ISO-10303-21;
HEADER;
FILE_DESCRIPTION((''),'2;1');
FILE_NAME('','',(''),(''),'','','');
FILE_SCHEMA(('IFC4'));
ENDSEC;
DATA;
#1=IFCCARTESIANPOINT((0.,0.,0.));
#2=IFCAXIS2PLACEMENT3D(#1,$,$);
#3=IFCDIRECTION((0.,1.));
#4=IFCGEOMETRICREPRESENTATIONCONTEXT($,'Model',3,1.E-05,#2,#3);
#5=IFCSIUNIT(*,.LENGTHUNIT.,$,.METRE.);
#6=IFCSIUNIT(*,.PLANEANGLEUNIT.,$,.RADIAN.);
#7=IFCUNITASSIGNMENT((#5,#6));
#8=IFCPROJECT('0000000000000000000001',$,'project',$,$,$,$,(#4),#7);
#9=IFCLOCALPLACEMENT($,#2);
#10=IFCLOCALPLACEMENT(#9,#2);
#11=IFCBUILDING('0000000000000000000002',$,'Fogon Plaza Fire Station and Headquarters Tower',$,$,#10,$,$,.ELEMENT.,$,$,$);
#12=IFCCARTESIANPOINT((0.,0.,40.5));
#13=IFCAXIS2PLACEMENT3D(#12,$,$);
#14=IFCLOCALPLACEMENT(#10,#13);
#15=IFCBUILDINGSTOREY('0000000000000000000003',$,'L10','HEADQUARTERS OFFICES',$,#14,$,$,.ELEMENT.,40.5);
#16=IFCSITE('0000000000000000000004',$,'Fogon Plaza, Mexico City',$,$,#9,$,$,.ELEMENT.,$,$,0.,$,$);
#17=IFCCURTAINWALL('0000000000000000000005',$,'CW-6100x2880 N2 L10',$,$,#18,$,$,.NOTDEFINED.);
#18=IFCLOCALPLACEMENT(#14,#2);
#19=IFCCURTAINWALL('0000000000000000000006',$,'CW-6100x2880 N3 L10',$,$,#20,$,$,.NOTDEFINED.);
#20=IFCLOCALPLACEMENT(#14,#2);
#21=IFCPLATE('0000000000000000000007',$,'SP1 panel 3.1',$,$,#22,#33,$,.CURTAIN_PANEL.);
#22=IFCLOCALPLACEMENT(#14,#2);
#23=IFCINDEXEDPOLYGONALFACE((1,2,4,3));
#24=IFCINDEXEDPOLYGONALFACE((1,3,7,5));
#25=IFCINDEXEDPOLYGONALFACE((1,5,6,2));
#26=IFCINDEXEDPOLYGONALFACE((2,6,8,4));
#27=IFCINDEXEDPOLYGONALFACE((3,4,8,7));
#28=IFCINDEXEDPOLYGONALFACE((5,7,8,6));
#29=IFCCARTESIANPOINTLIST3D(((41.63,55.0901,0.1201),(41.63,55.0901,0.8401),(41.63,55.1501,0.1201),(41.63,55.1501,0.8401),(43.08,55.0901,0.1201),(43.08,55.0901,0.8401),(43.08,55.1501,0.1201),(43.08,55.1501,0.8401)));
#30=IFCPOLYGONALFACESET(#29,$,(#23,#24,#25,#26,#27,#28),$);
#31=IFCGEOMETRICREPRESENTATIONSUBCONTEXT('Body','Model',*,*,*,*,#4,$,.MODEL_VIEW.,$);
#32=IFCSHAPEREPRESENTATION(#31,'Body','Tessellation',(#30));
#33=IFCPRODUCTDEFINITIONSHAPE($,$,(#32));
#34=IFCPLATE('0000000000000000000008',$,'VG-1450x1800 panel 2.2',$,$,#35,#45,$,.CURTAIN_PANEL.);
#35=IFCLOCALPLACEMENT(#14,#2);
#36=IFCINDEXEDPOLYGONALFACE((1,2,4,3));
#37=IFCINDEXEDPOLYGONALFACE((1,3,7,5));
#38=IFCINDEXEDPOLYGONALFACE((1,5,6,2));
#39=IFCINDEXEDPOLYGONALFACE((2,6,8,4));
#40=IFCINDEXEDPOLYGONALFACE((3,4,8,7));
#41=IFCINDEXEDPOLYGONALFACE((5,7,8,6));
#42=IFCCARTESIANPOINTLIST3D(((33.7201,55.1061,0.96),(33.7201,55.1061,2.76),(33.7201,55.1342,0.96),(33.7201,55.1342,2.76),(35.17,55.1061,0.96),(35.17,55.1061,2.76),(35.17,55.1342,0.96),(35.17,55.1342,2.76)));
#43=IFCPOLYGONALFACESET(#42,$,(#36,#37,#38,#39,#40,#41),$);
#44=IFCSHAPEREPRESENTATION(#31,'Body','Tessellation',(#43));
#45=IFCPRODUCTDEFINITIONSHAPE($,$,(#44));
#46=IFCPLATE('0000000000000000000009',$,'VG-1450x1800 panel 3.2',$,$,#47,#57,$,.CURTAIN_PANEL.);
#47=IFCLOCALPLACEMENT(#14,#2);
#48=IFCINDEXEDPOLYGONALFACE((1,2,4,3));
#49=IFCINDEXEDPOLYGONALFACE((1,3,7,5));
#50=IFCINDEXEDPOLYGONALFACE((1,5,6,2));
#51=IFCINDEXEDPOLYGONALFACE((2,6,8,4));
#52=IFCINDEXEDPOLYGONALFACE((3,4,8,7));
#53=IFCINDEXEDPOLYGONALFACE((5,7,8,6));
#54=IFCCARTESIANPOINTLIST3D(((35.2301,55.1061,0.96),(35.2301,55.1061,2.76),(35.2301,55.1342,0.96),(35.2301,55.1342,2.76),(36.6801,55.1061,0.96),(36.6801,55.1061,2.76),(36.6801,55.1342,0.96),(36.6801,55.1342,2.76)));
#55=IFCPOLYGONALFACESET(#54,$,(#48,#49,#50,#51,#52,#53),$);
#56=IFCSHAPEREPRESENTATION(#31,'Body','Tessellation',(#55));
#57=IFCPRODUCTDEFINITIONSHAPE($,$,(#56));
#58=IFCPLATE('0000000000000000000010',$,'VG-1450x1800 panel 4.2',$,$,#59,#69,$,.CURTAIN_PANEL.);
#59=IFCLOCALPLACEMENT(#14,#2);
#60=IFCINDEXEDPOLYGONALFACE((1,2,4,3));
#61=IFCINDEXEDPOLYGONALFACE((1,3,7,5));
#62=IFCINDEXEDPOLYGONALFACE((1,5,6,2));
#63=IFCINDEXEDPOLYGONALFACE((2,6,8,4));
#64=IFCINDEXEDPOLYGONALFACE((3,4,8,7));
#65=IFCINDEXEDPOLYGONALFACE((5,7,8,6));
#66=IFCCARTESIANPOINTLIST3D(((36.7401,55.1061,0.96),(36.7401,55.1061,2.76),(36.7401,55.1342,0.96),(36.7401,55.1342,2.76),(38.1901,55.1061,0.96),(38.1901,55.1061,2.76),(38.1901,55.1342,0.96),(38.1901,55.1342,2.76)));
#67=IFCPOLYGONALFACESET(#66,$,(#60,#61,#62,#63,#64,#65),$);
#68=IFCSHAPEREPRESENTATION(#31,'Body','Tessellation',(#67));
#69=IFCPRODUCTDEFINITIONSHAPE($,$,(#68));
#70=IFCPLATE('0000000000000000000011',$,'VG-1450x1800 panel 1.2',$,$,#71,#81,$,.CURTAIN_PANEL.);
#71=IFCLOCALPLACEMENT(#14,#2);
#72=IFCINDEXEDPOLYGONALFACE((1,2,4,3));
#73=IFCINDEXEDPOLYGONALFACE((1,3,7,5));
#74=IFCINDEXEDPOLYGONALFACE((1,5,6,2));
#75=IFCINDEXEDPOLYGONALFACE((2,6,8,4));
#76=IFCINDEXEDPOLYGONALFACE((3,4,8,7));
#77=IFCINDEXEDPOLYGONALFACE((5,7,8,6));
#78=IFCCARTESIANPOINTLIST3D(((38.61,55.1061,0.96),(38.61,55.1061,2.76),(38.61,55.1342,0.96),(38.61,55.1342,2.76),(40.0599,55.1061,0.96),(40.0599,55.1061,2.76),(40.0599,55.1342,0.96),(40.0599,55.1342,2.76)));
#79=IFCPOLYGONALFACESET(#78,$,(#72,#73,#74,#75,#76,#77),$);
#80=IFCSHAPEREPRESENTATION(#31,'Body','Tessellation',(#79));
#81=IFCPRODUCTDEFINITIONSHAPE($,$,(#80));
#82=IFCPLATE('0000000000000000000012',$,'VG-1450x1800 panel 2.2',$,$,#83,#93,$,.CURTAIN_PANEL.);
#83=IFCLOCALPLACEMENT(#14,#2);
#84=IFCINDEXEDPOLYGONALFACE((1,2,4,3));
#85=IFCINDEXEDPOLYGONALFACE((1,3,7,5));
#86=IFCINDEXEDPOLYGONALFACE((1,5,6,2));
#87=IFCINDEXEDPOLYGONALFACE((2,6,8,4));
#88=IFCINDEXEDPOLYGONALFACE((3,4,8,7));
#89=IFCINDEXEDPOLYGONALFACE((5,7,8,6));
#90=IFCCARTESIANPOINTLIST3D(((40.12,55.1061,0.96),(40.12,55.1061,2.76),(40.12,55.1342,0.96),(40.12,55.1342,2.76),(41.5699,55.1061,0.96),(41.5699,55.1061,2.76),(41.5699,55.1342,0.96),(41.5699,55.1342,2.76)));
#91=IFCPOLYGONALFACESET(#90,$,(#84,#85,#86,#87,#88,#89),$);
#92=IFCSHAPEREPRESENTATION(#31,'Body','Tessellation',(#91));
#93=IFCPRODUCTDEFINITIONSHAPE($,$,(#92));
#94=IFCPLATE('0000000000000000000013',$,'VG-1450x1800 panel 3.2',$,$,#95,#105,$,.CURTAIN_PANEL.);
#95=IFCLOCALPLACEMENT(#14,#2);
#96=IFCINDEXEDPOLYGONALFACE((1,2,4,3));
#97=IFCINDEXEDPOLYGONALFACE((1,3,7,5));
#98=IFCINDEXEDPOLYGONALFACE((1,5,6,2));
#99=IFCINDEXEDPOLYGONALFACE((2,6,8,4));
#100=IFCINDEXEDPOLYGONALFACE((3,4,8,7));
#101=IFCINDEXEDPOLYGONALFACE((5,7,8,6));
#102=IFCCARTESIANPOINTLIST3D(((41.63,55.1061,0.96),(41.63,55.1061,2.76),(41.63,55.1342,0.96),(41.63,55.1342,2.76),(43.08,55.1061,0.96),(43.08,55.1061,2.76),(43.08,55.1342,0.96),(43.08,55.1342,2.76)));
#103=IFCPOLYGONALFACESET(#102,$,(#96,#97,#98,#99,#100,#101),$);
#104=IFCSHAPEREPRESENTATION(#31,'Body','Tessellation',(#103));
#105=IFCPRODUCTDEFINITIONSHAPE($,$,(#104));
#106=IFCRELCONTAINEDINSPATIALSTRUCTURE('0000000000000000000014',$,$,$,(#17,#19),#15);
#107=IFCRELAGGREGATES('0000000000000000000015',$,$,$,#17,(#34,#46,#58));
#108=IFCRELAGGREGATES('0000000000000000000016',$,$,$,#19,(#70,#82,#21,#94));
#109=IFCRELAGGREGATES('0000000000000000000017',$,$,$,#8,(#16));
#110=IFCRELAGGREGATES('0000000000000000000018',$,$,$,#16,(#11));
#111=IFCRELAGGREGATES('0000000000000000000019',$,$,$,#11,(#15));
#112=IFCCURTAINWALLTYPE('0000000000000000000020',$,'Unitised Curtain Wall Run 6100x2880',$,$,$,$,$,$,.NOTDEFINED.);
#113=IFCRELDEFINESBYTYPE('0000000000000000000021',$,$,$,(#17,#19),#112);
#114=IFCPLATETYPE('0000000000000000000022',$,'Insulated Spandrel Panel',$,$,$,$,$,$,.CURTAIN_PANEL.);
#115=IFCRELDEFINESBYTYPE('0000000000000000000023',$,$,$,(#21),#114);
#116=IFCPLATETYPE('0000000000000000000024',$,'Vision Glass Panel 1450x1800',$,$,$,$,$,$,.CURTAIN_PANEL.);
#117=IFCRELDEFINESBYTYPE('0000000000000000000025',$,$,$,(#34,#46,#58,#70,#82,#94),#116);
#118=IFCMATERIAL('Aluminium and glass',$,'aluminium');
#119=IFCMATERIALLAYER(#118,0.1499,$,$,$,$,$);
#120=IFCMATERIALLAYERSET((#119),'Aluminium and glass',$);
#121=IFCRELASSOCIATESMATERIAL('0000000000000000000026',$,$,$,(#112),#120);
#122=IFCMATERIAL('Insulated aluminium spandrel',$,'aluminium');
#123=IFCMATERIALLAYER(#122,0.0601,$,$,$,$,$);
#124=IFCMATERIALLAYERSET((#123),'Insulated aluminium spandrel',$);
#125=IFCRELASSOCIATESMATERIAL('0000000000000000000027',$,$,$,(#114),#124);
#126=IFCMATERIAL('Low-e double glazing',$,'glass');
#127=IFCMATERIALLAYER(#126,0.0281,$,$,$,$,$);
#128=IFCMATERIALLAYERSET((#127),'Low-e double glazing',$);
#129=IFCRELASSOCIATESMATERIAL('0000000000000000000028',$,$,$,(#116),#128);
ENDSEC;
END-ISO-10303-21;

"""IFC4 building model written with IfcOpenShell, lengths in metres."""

from ifc_helpers import new_model, si_unit, direction, frame, origin, origin_2d, place, context, subcontext, project, spatial, rectangle, extrude, material, layer, layer_set, type_object, element, aggregate, save


model = new_model("IFC4")

# Units and contexts
model_context = context("Model", 3, precision=1e-05, world=origin(), true_north=direction((0.0, 1.0)))
body_context = subcontext(model_context, "Body", "Model", "MODEL_VIEW")
ifc_project = project(units=[si_unit("LENGTHUNIT", "METRE"), si_unit("PLANEANGLEUNIT", "RADIAN")], contexts=[model_context])

# Site, building, storey
site_placement = place(None, origin())
site = spatial("IfcSite", under=ifc_project, at=site_placement, Name="Fogon Plaza, Mexico City", CompositionType="ELEMENT", RefElevation=0.0)
building_placement = place(site_placement, origin())
building = spatial("IfcBuilding", under=site, at=building_placement, Name="Fogon Plaza Fire Station and Headquarters Tower", CompositionType="ELEMENT")
storey_placement = place(building_placement, frame((0.0, 0.0, 40.5)))
storey = spatial("IfcBuildingStorey", under=building, at=storey_placement, Name="L10", Description="HEADQUARTERS OFFICES", CompositionType="ELEMENT", Elevation=40.5)

# Curtain walls
ifc_material_1 = material(Name="Aluminium and glass", Category="aluminium")
ifc_layer_1 = layer(ifc_material_1, 0.1499)
ifc_layer_set_1 = layer_set([ifc_layer_1], Name="Aluminium and glass")
curtain_wall_type = type_object("IfcCurtainWallType", Name="Unitised Curtain Wall Run 6100x2880", PredefinedType="NOTDEFINED", material=ifc_layer_set_1)
curtain_wall_1_placement = place(storey_placement, origin())
curtain_wall_1 = element("IfcCurtainWall", 1, at=curtain_wall_1_placement, inside=storey, type_object=curtain_wall_type, Name="CW-6100x2880 N2 L10", PredefinedType="NOTDEFINED")
curtain_wall_2_placement = place(storey_placement, origin())
curtain_wall_2 = element("IfcCurtainWall", 2, at=curtain_wall_2_placement, inside=storey, type_object=curtain_wall_type, Name="CW-6100x2880 N3 L10", PredefinedType="NOTDEFINED")

# Plates
ifc_material_2 = material(Name="Insulated aluminium spandrel", Category="aluminium")
ifc_layer_2 = layer(ifc_material_2, 0.0601)
ifc_layer_set_2 = layer_set([ifc_layer_2], Name="Insulated aluminium spandrel")
plate_type_1 = type_object("IfcPlateType", Name="Insulated Spandrel Panel", PredefinedType="CURTAIN_PANEL", material=ifc_layer_set_2)
plate_1_placement = place(storey_placement, frame((42.355, 55.1201, 0.1201), z_axis=(0.0, 0.0, 1.0), x_axis=(1.0, 0.0, 0.0)))
plate_1 = element("IfcPlate", 3, at=plate_1_placement, type_object=plate_type_1, Name="SP1 panel 3.1", PredefinedType="CURTAIN_PANEL", context=body_context, shape_type="SweptSolid", body=[
    extrude(rectangle(XDim=1.45, YDim=0.0601, at=origin_2d()), origin(), (0.0, 0.0, 1.0), 0.72),
])
ifc_material_3 = material(Name="Low-e double glazing", Category="glass")
ifc_layer_3 = layer(ifc_material_3, 0.0281)
ifc_layer_set_3 = layer_set([ifc_layer_3], Name="Low-e double glazing")
plate_type_2 = type_object("IfcPlateType", Name="Vision Glass Panel 1450x1800", PredefinedType="CURTAIN_PANEL", material=ifc_layer_set_3)
plate_2_placement = place(storey_placement, frame((34.4451, 55.1201, 0.96), z_axis=(0.0, 0.0, 1.0), x_axis=(1.0, 0.0, 0.0)))
plate_2 = element("IfcPlate", 4, at=plate_2_placement, type_object=plate_type_2, Name="VG-1450x1800 panel 2.2", PredefinedType="CURTAIN_PANEL", context=body_context, shape_type="SweptSolid", body=[
    extrude(rectangle(XDim=1.45, YDim=0.0281, at=origin_2d()), origin(), (0.0, 0.0, 1.0), 1.8),
])
plate_3_placement = place(storey_placement, frame((35.9551, 55.1201, 0.96), z_axis=(0.0, 0.0, 1.0), x_axis=(1.0, 0.0, 0.0)))
plate_3 = element("IfcPlate", 5, at=plate_3_placement, type_object=plate_type_2, Name="VG-1450x1800 panel 3.2", PredefinedType="CURTAIN_PANEL", context=body_context, shape_type="SweptSolid", body=[
    extrude(rectangle(XDim=1.45, YDim=0.0281, at=origin_2d()), origin(), (0.0, 0.0, 1.0), 1.8),
])
plate_4_placement = place(storey_placement, frame((37.4651, 55.1201, 0.96), z_axis=(0.0, 0.0, 1.0), x_axis=(1.0, 0.0, 0.0)))
plate_4 = element("IfcPlate", 6, at=plate_4_placement, type_object=plate_type_2, Name="VG-1450x1800 panel 4.2", PredefinedType="CURTAIN_PANEL", context=body_context, shape_type="SweptSolid", body=[
    extrude(rectangle(XDim=1.45, YDim=0.0281, at=origin_2d()), origin(), (0.0, 0.0, 1.0), 1.8),
])
aggregate(curtain_wall_1, [plate_2, plate_3, plate_4])
plate_5_placement = place(storey_placement, frame((39.335, 55.1201, 0.96), z_axis=(0.0, 0.0, 1.0), x_axis=(1.0, 0.0, 0.0)))
plate_5 = element("IfcPlate", 7, at=plate_5_placement, type_object=plate_type_2, Name="VG-1450x1800 panel 1.2", PredefinedType="CURTAIN_PANEL", context=body_context, shape_type="SweptSolid", body=[
    extrude(rectangle(XDim=1.45, YDim=0.0281, at=origin_2d()), origin(), (0.0, 0.0, 1.0), 1.8),
])
plate_6_placement = place(storey_placement, frame((40.845, 55.1201, 0.96), z_axis=(0.0, 0.0, 1.0), x_axis=(1.0, 0.0, 0.0)))
plate_6 = element("IfcPlate", 8, at=plate_6_placement, type_object=plate_type_2, Name="VG-1450x1800 panel 2.2", PredefinedType="CURTAIN_PANEL", context=body_context, shape_type="SweptSolid", body=[
    extrude(rectangle(XDim=1.45, YDim=0.0281, at=origin_2d()), origin(), (0.0, 0.0, 1.0), 1.8),
])
plate_7_placement = place(storey_placement, frame((42.355, 55.1201, 0.96), z_axis=(0.0, 0.0, 1.0), x_axis=(1.0, 0.0, 0.0)))
plate_7 = element("IfcPlate", 9, at=plate_7_placement, type_object=plate_type_2, Name="VG-1450x1800 panel 3.2", PredefinedType="CURTAIN_PANEL", context=body_context, shape_type="SweptSolid", body=[
    extrude(rectangle(XDim=1.45, YDim=0.0281, at=origin_2d()), origin(), (0.0, 0.0, 1.0), 1.8),
])
aggregate(curtain_wall_2, [plate_5, plate_6, plate_1, plate_7])

save(model, "model.ifc")
